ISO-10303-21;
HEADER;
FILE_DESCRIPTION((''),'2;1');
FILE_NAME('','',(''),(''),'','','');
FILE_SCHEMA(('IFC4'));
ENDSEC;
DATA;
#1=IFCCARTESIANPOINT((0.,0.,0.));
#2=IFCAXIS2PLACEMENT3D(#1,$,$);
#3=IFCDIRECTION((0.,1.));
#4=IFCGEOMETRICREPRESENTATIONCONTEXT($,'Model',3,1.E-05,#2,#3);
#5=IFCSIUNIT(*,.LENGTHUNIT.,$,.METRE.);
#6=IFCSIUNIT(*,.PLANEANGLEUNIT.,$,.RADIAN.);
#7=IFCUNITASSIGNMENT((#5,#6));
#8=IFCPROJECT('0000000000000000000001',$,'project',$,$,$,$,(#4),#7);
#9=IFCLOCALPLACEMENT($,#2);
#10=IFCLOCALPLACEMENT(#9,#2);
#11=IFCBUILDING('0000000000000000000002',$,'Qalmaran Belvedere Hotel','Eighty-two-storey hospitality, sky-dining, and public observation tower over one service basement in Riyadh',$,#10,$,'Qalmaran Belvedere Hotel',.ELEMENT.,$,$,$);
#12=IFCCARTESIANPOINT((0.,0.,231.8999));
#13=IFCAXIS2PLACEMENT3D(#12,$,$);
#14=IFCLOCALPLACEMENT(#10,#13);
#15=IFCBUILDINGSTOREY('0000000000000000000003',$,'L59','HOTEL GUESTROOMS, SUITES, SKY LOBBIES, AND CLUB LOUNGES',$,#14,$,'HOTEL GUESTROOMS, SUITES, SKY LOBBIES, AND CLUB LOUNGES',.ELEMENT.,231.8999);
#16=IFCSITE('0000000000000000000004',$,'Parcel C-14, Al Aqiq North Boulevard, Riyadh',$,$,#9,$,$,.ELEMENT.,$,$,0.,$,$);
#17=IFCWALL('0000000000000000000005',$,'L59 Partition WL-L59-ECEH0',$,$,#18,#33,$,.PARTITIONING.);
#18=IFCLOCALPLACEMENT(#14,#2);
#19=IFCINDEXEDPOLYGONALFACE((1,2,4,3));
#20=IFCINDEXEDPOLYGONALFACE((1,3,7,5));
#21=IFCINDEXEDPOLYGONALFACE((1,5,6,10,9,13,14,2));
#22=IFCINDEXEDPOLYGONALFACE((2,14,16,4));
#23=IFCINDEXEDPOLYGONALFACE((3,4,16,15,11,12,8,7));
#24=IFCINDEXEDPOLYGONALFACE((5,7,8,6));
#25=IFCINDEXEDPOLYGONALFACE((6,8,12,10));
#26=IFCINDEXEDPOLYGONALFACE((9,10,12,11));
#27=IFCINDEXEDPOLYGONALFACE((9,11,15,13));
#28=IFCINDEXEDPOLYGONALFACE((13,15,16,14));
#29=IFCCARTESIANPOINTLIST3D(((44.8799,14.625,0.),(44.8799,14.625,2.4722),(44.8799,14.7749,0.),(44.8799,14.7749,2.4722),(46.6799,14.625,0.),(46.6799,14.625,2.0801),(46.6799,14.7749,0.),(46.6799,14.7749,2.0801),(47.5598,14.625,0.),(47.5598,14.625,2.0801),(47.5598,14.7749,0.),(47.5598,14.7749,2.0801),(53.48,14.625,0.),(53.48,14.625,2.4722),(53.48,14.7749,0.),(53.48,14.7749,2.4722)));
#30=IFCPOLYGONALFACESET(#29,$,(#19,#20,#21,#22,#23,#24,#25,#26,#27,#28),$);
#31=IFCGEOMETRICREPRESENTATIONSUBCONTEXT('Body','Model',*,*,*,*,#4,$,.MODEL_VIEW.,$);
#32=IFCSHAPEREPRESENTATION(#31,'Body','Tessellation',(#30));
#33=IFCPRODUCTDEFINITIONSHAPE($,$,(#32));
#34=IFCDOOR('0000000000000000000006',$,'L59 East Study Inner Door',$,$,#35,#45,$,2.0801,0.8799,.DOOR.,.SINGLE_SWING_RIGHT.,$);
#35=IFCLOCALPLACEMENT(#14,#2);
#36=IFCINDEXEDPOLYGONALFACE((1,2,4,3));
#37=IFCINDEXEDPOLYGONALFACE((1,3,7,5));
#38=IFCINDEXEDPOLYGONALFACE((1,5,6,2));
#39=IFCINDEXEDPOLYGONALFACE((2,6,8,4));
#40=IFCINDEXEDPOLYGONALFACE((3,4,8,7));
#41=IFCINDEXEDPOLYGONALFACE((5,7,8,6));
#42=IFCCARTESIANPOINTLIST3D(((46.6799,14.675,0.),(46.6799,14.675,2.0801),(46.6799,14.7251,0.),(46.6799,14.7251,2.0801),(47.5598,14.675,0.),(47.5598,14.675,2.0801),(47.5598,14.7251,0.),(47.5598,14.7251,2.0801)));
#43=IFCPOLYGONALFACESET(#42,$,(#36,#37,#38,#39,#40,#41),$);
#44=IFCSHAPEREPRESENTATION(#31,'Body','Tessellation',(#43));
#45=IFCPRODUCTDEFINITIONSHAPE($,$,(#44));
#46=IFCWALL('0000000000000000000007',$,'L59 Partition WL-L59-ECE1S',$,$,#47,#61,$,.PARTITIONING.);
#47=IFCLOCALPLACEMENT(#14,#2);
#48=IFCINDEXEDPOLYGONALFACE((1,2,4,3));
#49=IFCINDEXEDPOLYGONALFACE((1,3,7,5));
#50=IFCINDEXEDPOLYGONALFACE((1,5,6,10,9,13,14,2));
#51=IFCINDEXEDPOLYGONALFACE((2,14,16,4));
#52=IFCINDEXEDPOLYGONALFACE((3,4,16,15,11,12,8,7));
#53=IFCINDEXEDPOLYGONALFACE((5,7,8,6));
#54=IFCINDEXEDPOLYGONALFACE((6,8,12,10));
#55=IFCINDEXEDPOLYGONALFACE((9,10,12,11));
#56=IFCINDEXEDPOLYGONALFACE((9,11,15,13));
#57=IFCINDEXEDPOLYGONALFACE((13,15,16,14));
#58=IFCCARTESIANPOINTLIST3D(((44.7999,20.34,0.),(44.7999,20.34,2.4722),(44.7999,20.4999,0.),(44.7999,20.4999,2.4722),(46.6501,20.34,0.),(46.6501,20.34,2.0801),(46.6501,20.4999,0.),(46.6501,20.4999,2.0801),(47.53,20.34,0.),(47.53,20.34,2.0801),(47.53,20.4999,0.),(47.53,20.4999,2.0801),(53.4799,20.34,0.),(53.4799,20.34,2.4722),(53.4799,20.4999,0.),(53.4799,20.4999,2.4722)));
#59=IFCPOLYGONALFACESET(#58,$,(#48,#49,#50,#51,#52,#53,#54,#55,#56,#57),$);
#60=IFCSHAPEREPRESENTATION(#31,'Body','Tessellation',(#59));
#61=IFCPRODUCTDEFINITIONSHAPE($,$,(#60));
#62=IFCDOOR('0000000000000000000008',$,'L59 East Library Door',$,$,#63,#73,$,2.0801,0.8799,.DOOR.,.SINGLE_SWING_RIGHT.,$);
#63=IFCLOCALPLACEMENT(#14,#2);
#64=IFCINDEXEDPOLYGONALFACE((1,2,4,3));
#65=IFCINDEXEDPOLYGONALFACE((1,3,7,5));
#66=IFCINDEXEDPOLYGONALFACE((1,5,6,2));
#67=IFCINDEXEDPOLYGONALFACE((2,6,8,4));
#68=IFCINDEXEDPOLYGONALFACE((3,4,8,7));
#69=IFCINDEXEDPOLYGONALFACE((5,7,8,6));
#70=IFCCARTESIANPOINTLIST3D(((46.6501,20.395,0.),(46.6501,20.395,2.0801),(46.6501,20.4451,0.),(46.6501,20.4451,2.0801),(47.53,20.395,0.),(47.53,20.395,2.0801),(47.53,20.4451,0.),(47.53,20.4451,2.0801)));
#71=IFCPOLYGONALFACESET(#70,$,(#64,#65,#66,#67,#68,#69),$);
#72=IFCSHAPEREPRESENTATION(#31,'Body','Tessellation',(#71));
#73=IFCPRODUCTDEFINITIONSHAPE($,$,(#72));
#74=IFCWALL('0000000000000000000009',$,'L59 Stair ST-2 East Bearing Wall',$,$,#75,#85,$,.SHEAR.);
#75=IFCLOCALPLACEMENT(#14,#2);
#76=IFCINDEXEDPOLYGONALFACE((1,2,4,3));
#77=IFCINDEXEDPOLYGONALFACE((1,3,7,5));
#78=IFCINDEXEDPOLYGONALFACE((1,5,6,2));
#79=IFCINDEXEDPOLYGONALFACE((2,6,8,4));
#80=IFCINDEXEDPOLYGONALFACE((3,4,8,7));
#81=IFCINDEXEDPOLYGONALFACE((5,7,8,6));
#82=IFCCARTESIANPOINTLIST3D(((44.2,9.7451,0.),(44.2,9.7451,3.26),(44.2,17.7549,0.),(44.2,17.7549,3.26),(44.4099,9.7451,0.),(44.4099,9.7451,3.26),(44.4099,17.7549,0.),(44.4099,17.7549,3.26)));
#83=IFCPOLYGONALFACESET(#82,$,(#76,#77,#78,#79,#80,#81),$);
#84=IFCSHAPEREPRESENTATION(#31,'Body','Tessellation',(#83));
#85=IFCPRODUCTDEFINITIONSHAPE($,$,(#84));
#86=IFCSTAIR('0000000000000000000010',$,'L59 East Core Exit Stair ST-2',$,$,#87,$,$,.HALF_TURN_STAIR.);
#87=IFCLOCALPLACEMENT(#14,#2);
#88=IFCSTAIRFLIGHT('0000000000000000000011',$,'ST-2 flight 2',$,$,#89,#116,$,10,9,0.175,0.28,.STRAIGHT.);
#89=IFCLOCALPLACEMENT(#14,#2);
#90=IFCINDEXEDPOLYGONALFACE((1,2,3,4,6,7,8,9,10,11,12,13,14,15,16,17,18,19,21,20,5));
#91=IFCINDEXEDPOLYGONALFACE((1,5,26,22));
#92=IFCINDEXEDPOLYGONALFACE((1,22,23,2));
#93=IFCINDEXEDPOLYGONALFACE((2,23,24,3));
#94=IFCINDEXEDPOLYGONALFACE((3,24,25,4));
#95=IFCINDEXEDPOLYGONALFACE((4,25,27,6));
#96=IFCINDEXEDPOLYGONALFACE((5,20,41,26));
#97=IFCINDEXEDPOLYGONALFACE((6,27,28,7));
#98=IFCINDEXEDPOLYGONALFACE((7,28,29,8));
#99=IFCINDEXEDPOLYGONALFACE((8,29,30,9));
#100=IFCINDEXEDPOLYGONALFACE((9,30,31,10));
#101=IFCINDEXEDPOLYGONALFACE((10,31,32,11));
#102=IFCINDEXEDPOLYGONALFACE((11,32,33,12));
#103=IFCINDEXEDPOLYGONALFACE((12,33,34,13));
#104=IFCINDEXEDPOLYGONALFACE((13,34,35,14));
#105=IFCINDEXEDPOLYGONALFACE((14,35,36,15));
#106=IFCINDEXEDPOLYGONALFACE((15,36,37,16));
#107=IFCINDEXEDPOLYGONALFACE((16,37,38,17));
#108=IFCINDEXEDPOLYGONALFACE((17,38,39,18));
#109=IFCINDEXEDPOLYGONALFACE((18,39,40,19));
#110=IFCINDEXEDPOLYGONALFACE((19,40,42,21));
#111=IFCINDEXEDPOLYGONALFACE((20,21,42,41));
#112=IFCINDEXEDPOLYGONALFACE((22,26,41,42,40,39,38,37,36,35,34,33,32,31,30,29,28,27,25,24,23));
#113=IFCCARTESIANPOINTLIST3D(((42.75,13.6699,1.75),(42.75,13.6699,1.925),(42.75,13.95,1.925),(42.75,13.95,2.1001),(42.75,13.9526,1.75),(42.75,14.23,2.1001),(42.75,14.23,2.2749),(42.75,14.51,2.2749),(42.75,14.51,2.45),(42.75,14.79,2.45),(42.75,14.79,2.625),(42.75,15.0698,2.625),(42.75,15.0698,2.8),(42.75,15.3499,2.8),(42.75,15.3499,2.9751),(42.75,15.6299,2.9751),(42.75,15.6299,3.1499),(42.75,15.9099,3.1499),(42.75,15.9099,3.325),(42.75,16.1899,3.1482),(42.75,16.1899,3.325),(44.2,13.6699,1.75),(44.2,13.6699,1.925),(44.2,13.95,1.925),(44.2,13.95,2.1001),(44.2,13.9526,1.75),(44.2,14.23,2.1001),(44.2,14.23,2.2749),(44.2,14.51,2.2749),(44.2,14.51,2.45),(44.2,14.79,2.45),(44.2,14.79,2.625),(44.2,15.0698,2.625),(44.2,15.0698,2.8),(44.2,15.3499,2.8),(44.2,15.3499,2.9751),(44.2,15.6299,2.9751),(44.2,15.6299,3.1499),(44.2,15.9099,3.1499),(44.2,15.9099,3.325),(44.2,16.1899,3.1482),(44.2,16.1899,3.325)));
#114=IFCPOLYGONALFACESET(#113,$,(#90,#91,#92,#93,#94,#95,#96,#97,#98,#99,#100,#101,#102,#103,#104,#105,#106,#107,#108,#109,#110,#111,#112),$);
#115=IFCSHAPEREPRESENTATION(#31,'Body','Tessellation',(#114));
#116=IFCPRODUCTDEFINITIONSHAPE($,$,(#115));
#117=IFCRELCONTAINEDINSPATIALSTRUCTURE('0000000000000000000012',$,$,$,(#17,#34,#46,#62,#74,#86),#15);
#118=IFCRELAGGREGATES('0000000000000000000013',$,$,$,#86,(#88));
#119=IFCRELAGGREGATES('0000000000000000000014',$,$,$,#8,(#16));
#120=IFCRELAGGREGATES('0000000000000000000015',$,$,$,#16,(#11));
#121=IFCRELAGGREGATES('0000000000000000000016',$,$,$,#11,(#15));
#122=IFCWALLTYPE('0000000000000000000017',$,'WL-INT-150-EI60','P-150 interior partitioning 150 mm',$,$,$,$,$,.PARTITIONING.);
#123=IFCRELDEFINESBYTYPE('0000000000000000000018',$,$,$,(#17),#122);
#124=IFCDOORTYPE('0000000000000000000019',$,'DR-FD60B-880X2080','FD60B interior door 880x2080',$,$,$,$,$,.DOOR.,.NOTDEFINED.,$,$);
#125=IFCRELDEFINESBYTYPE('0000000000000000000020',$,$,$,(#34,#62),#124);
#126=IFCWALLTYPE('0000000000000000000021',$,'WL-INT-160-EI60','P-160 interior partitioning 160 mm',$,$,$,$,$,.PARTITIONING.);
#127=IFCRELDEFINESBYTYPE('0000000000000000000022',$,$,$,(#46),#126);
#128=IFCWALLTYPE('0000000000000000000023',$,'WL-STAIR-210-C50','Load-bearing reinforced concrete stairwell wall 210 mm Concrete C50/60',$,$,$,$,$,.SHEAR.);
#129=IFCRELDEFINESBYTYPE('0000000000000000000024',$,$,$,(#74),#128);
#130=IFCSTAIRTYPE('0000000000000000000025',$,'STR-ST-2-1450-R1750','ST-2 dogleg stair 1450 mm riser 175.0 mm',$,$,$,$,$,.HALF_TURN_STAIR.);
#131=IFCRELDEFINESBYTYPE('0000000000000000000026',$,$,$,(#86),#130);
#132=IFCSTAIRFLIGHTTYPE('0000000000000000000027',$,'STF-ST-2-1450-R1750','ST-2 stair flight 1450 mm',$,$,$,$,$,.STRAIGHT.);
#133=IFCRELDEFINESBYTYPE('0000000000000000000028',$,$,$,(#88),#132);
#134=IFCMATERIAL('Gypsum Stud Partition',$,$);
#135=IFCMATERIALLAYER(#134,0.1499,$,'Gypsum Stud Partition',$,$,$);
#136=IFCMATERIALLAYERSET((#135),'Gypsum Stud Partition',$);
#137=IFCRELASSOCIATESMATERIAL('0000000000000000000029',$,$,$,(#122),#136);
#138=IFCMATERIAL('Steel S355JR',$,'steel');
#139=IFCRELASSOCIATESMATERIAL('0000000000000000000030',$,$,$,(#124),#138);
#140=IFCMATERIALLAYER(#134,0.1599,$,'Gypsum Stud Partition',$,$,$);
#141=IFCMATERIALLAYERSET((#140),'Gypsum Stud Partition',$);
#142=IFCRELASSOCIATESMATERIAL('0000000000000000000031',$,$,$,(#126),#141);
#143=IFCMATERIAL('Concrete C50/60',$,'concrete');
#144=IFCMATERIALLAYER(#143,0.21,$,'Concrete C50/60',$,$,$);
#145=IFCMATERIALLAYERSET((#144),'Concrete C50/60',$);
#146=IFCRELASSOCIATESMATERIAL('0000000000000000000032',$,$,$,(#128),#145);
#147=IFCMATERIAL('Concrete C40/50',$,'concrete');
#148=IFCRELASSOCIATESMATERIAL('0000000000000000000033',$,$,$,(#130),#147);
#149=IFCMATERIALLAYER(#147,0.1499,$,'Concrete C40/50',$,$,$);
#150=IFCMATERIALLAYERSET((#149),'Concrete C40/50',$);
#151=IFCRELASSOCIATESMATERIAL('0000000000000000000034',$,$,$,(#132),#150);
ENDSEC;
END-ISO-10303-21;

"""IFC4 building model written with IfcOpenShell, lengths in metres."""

from ifc_helpers import new_model, si_unit, direction, frame, frame_2d, origin, place, context, subcontext, project, spatial, polyline, rectangle, outline, extrude, material, layer, layer_set, type_object, element, fill, aggregate, save


model = new_model("IFC4")

# Units and contexts
model_context = context("Model", 3, precision=1e-05, world=origin(), true_north=direction((0.0, 1.0)))
body_context = subcontext(model_context, "Body", "Model", "MODEL_VIEW")
ifc_project = project(units=[si_unit("LENGTHUNIT", "METRE"), si_unit("PLANEANGLEUNIT", "RADIAN")], contexts=[model_context])

# Site, building, storey
site_placement = place(None, origin())
site = spatial("IfcSite", under=ifc_project, at=site_placement, Name="Parcel C-14, Al Aqiq North Boulevard, Riyadh", CompositionType="ELEMENT", RefElevation=0.0)
building_placement = place(site_placement, origin())
building = spatial("IfcBuilding", under=site, at=building_placement, Name="Qalmaran Belvedere Hotel", Description="Eighty-two-storey hospitality, sky-dining, and public observation tower over one service basement in Riyadh", LongName="Qalmaran Belvedere Hotel", CompositionType="ELEMENT")
storey_placement = place(building_placement, frame((0.0, 0.0, 231.8999)))
storey = spatial("IfcBuildingStorey", under=building, at=storey_placement, Name="L59", Description="HOTEL GUESTROOMS, SUITES, SKY LOBBIES, AND CLUB LOUNGES", LongName="HOTEL GUESTROOMS, SUITES, SKY LOBBIES, AND CLUB LOUNGES", CompositionType="ELEMENT", Elevation=231.8999)

# Shared definitions
ifc_material_1 = material(Name="Concrete C50/60", Category="concrete")

# Shared definitions
ifc_material_2 = material(Name="Steel S355JR", Category="steel")

# Walls, openings, doors
ifc_material_3 = material(Name="Gypsum Stud Partition")
ifc_layer_1 = layer(ifc_material_3, 0.1499, Name="Gypsum Stud Partition")
ifc_layer_set_1 = layer_set([ifc_layer_1], Name="Gypsum Stud Partition")
wall_type_1 = type_object("IfcWallType", Name="WL-INT-150-EI60", Description="P-150 interior partitioning 150 mm", PredefinedType="PARTITIONING", material=ifc_layer_set_1)
wall_1_placement = place(storey_placement, frame((44.8799, 14.7, 0.0), z_axis=(0.0, 0.0, 1.0), x_axis=(1.0, 0.0, 0.0)))
wall_1 = element("IfcWall", 1, at=wall_1_placement, inside=storey, type_object=wall_type_1, Name="L59 Partition WL-L59-ECEH0", PredefinedType="PARTITIONING", context=body_context, shape_type="SweptSolid", body=[
    extrude(rectangle(XDim=8.6001, YDim=0.1499, at=frame_2d((4.3, 0.0))), origin(), (0.0, 0.0, 1.0), 2.4722),
])
opening_1_placement = place(wall_1_placement, frame((2.6799, 0.0, 0.0), z_axis=(0.0, 0.0, 1.0), x_axis=(-1.0, 0.0, 0.0)))
opening_1 = element("IfcOpeningElement", 2, at=opening_1_placement, cuts=wall_1, PredefinedType="OPENING", context=body_context, shape_type="SweptSolid", body=[
    extrude(rectangle(XDim=0.8799, YDim=2.0801, at=frame_2d((0.4399, 1.04))), frame((0.0, 0.085, 0.0), z_axis=(0.0, -1.0, 0.0), x_axis=(1.0, 0.0, 0.0)), (0.0, 0.0, 1.0), 0.1699),
])
door_type = type_object("IfcDoorType", Name="DR-FD60B-880X2080", Description="FD60B interior door 880x2080", OperationType="NOTDEFINED", PredefinedType="DOOR", material=ifc_material_2)
door_1_placement = place(opening_1_placement, origin())
door_1 = element("IfcDoor", 3, at=door_1_placement, inside=storey, type_object=door_type, Name="L59 East Study Inner Door", OperationType="SINGLE_SWING_RIGHT", OverallHeight=2.0801, OverallWidth=0.8799, PredefinedType="DOOR", context=body_context, shape_type="SweptSolid", body=[
    extrude(rectangle(XDim=0.8799, YDim=2.0801, at=frame_2d((0.4399, 1.04))), frame((0.0, 0.0249, 0.0), z_axis=(0.0, -1.0, 0.0), x_axis=(1.0, 0.0, 0.0)), (0.0, 0.0, 1.0), 0.05),
])
fill(opening_1, door_1)
ifc_layer_2 = layer(ifc_material_3, 0.1599, Name="Gypsum Stud Partition")
ifc_layer_set_2 = layer_set([ifc_layer_2], Name="Gypsum Stud Partition")
wall_type_2 = type_object("IfcWallType", Name="WL-INT-160-EI60", Description="P-160 interior partitioning 160 mm", PredefinedType="PARTITIONING", material=ifc_layer_set_2)
wall_2_placement = place(storey_placement, frame((44.8, 20.4199, 0.0), z_axis=(0.0, 0.0, 1.0), x_axis=(1.0, 0.0, 0.0)))
wall_2 = element("IfcWall", 4, at=wall_2_placement, inside=storey, type_object=wall_type_2, Name="L59 Partition WL-L59-ECE1S", PredefinedType="PARTITIONING", context=body_context, shape_type="SweptSolid", body=[
    extrude(rectangle(XDim=8.6799, YDim=0.1599, at=frame_2d((4.3398, 0.0))), origin(), (0.0, 0.0, 1.0), 2.4722),
])
opening_2_placement = place(wall_2_placement, frame((2.73, 0.0, 0.0), z_axis=(0.0, 0.0, 1.0), x_axis=(-1.0, 0.0, 0.0)))
opening_2 = element("IfcOpeningElement", 5, at=opening_2_placement, cuts=wall_2, PredefinedType="OPENING", context=body_context, shape_type="SweptSolid", body=[
    extrude(rectangle(XDim=0.8799, YDim=2.0801, at=frame_2d((0.4399, 1.04))), frame((0.0, 0.0898, 0.0), z_axis=(0.0, -1.0, 0.0), x_axis=(1.0, 0.0, 0.0)), (0.0, 0.0, 1.0), 0.1799),
])
door_2_placement = place(opening_2_placement, origin())
door_2 = element("IfcDoor", 6, at=door_2_placement, inside=storey, type_object=door_type, Name="L59 East Library Door", OperationType="SINGLE_SWING_RIGHT", OverallHeight=2.0801, OverallWidth=0.8799, PredefinedType="DOOR", context=body_context, shape_type="SweptSolid", body=[
    extrude(rectangle(XDim=0.8799, YDim=2.0801, at=frame_2d((0.4399, 1.04))), frame((0.0, 0.0249, 0.0), z_axis=(0.0, -1.0, 0.0), x_axis=(1.0, 0.0, 0.0)), (0.0, 0.0, 1.0), 0.05),
])
fill(opening_2, door_2)

# Wall
ifc_layer_3 = layer(ifc_material_1, 0.21, Name="Concrete C50/60")
ifc_layer_set_3 = layer_set([ifc_layer_3], Name="Concrete C50/60")
wall_type_3 = type_object("IfcWallType", Name="WL-STAIR-210-C50", Description="Load-bearing reinforced concrete stairwell wall 210 mm Concrete C50/60", PredefinedType="SHEAR", material=ifc_layer_set_3)
wall_3_placement = place(storey_placement, frame((44.3049, 9.7451, 0.0), z_axis=(0.0, 0.0, 1.0), x_axis=(0.0, 1.0, 0.0)))
element("IfcWall", 7, at=wall_3_placement, inside=storey, type_object=wall_type_3, Name="L59 Stair ST-2 East Bearing Wall", PredefinedType="SHEAR", context=body_context, shape_type="SweptSolid", body=[
    extrude(rectangle(XDim=8.0098, YDim=0.21, at=frame_2d((4.0049, 0.0))), origin(), (0.0, 0.0, 1.0), 3.26),
])

# Stair, stair flight
ifc_material_4 = material(Name="Concrete C40/50", Category="concrete")
stair_type = type_object("IfcStairType", Name="STR-ST-2-1450-R1750", Description="ST-2 dogleg stair 1450 mm riser 175.0 mm", PredefinedType="HALF_TURN_STAIR", material=ifc_material_4)
stair_placement = place(storey_placement, origin())
stair = element("IfcStair", 8, at=stair_placement, inside=storey, type_object=stair_type, Name="L59 East Core Exit Stair ST-2", PredefinedType="HALF_TURN_STAIR")
ifc_layer_4 = layer(ifc_material_4, 0.1499, Name="Concrete C40/50")
ifc_layer_set_4 = layer_set([ifc_layer_4], Name="Concrete C40/50")
stair_flight_type = type_object("IfcStairFlightType", Name="STF-ST-2-1450-R1750", Description="ST-2 stair flight 1450 mm", PredefinedType="STRAIGHT", material=ifc_layer_set_4)
stair_flight_placement = place(storey_placement, frame((43.4751, 13.6699, 1.75), z_axis=(0.0, 0.0, 1.0), x_axis=(0.0, 1.0, 0.0)))
stair_flight = element("IfcStairFlight", 9, at=stair_flight_placement, type_object=stair_flight_type, Name="ST-2 flight 2", NumberOfRisers=10, NumberOfTreads=9, PredefinedType="STRAIGHT", RiserHeight=0.175, TreadLength=0.28, context=body_context, shape_type="SweptSolid", body=[
    extrude(outline(polyline([(0.0, 0.0), (0.0, 0.175), (0.28, 0.175), (0.28, 0.3501), (0.5601, 0.3501), (0.5601, 0.5249), (0.8401, 0.5249), (0.8401, 0.7), (1.1201, 0.7), (1.1201, 0.875), (1.3999, 0.875), (1.3999, 1.05), (1.6799, 1.05), (1.6799, 1.2251), (1.96, 1.2251), (1.96, 1.3999), (2.24, 1.3999), (2.24, 1.575), (2.52, 1.575), (2.52, 1.75), (2.52, 1.3982), (0.2827, 0.0), (0.0, 0.0)])), frame((0.0, 0.7251, 0.0), z_axis=(0.0, -1.0, 0.0), x_axis=(1.0, 0.0, 0.0)), (0.0, 0.0, 1.0), 1.45),
])
aggregate(stair, [stair_flight])

save(model, "model.ifc")
